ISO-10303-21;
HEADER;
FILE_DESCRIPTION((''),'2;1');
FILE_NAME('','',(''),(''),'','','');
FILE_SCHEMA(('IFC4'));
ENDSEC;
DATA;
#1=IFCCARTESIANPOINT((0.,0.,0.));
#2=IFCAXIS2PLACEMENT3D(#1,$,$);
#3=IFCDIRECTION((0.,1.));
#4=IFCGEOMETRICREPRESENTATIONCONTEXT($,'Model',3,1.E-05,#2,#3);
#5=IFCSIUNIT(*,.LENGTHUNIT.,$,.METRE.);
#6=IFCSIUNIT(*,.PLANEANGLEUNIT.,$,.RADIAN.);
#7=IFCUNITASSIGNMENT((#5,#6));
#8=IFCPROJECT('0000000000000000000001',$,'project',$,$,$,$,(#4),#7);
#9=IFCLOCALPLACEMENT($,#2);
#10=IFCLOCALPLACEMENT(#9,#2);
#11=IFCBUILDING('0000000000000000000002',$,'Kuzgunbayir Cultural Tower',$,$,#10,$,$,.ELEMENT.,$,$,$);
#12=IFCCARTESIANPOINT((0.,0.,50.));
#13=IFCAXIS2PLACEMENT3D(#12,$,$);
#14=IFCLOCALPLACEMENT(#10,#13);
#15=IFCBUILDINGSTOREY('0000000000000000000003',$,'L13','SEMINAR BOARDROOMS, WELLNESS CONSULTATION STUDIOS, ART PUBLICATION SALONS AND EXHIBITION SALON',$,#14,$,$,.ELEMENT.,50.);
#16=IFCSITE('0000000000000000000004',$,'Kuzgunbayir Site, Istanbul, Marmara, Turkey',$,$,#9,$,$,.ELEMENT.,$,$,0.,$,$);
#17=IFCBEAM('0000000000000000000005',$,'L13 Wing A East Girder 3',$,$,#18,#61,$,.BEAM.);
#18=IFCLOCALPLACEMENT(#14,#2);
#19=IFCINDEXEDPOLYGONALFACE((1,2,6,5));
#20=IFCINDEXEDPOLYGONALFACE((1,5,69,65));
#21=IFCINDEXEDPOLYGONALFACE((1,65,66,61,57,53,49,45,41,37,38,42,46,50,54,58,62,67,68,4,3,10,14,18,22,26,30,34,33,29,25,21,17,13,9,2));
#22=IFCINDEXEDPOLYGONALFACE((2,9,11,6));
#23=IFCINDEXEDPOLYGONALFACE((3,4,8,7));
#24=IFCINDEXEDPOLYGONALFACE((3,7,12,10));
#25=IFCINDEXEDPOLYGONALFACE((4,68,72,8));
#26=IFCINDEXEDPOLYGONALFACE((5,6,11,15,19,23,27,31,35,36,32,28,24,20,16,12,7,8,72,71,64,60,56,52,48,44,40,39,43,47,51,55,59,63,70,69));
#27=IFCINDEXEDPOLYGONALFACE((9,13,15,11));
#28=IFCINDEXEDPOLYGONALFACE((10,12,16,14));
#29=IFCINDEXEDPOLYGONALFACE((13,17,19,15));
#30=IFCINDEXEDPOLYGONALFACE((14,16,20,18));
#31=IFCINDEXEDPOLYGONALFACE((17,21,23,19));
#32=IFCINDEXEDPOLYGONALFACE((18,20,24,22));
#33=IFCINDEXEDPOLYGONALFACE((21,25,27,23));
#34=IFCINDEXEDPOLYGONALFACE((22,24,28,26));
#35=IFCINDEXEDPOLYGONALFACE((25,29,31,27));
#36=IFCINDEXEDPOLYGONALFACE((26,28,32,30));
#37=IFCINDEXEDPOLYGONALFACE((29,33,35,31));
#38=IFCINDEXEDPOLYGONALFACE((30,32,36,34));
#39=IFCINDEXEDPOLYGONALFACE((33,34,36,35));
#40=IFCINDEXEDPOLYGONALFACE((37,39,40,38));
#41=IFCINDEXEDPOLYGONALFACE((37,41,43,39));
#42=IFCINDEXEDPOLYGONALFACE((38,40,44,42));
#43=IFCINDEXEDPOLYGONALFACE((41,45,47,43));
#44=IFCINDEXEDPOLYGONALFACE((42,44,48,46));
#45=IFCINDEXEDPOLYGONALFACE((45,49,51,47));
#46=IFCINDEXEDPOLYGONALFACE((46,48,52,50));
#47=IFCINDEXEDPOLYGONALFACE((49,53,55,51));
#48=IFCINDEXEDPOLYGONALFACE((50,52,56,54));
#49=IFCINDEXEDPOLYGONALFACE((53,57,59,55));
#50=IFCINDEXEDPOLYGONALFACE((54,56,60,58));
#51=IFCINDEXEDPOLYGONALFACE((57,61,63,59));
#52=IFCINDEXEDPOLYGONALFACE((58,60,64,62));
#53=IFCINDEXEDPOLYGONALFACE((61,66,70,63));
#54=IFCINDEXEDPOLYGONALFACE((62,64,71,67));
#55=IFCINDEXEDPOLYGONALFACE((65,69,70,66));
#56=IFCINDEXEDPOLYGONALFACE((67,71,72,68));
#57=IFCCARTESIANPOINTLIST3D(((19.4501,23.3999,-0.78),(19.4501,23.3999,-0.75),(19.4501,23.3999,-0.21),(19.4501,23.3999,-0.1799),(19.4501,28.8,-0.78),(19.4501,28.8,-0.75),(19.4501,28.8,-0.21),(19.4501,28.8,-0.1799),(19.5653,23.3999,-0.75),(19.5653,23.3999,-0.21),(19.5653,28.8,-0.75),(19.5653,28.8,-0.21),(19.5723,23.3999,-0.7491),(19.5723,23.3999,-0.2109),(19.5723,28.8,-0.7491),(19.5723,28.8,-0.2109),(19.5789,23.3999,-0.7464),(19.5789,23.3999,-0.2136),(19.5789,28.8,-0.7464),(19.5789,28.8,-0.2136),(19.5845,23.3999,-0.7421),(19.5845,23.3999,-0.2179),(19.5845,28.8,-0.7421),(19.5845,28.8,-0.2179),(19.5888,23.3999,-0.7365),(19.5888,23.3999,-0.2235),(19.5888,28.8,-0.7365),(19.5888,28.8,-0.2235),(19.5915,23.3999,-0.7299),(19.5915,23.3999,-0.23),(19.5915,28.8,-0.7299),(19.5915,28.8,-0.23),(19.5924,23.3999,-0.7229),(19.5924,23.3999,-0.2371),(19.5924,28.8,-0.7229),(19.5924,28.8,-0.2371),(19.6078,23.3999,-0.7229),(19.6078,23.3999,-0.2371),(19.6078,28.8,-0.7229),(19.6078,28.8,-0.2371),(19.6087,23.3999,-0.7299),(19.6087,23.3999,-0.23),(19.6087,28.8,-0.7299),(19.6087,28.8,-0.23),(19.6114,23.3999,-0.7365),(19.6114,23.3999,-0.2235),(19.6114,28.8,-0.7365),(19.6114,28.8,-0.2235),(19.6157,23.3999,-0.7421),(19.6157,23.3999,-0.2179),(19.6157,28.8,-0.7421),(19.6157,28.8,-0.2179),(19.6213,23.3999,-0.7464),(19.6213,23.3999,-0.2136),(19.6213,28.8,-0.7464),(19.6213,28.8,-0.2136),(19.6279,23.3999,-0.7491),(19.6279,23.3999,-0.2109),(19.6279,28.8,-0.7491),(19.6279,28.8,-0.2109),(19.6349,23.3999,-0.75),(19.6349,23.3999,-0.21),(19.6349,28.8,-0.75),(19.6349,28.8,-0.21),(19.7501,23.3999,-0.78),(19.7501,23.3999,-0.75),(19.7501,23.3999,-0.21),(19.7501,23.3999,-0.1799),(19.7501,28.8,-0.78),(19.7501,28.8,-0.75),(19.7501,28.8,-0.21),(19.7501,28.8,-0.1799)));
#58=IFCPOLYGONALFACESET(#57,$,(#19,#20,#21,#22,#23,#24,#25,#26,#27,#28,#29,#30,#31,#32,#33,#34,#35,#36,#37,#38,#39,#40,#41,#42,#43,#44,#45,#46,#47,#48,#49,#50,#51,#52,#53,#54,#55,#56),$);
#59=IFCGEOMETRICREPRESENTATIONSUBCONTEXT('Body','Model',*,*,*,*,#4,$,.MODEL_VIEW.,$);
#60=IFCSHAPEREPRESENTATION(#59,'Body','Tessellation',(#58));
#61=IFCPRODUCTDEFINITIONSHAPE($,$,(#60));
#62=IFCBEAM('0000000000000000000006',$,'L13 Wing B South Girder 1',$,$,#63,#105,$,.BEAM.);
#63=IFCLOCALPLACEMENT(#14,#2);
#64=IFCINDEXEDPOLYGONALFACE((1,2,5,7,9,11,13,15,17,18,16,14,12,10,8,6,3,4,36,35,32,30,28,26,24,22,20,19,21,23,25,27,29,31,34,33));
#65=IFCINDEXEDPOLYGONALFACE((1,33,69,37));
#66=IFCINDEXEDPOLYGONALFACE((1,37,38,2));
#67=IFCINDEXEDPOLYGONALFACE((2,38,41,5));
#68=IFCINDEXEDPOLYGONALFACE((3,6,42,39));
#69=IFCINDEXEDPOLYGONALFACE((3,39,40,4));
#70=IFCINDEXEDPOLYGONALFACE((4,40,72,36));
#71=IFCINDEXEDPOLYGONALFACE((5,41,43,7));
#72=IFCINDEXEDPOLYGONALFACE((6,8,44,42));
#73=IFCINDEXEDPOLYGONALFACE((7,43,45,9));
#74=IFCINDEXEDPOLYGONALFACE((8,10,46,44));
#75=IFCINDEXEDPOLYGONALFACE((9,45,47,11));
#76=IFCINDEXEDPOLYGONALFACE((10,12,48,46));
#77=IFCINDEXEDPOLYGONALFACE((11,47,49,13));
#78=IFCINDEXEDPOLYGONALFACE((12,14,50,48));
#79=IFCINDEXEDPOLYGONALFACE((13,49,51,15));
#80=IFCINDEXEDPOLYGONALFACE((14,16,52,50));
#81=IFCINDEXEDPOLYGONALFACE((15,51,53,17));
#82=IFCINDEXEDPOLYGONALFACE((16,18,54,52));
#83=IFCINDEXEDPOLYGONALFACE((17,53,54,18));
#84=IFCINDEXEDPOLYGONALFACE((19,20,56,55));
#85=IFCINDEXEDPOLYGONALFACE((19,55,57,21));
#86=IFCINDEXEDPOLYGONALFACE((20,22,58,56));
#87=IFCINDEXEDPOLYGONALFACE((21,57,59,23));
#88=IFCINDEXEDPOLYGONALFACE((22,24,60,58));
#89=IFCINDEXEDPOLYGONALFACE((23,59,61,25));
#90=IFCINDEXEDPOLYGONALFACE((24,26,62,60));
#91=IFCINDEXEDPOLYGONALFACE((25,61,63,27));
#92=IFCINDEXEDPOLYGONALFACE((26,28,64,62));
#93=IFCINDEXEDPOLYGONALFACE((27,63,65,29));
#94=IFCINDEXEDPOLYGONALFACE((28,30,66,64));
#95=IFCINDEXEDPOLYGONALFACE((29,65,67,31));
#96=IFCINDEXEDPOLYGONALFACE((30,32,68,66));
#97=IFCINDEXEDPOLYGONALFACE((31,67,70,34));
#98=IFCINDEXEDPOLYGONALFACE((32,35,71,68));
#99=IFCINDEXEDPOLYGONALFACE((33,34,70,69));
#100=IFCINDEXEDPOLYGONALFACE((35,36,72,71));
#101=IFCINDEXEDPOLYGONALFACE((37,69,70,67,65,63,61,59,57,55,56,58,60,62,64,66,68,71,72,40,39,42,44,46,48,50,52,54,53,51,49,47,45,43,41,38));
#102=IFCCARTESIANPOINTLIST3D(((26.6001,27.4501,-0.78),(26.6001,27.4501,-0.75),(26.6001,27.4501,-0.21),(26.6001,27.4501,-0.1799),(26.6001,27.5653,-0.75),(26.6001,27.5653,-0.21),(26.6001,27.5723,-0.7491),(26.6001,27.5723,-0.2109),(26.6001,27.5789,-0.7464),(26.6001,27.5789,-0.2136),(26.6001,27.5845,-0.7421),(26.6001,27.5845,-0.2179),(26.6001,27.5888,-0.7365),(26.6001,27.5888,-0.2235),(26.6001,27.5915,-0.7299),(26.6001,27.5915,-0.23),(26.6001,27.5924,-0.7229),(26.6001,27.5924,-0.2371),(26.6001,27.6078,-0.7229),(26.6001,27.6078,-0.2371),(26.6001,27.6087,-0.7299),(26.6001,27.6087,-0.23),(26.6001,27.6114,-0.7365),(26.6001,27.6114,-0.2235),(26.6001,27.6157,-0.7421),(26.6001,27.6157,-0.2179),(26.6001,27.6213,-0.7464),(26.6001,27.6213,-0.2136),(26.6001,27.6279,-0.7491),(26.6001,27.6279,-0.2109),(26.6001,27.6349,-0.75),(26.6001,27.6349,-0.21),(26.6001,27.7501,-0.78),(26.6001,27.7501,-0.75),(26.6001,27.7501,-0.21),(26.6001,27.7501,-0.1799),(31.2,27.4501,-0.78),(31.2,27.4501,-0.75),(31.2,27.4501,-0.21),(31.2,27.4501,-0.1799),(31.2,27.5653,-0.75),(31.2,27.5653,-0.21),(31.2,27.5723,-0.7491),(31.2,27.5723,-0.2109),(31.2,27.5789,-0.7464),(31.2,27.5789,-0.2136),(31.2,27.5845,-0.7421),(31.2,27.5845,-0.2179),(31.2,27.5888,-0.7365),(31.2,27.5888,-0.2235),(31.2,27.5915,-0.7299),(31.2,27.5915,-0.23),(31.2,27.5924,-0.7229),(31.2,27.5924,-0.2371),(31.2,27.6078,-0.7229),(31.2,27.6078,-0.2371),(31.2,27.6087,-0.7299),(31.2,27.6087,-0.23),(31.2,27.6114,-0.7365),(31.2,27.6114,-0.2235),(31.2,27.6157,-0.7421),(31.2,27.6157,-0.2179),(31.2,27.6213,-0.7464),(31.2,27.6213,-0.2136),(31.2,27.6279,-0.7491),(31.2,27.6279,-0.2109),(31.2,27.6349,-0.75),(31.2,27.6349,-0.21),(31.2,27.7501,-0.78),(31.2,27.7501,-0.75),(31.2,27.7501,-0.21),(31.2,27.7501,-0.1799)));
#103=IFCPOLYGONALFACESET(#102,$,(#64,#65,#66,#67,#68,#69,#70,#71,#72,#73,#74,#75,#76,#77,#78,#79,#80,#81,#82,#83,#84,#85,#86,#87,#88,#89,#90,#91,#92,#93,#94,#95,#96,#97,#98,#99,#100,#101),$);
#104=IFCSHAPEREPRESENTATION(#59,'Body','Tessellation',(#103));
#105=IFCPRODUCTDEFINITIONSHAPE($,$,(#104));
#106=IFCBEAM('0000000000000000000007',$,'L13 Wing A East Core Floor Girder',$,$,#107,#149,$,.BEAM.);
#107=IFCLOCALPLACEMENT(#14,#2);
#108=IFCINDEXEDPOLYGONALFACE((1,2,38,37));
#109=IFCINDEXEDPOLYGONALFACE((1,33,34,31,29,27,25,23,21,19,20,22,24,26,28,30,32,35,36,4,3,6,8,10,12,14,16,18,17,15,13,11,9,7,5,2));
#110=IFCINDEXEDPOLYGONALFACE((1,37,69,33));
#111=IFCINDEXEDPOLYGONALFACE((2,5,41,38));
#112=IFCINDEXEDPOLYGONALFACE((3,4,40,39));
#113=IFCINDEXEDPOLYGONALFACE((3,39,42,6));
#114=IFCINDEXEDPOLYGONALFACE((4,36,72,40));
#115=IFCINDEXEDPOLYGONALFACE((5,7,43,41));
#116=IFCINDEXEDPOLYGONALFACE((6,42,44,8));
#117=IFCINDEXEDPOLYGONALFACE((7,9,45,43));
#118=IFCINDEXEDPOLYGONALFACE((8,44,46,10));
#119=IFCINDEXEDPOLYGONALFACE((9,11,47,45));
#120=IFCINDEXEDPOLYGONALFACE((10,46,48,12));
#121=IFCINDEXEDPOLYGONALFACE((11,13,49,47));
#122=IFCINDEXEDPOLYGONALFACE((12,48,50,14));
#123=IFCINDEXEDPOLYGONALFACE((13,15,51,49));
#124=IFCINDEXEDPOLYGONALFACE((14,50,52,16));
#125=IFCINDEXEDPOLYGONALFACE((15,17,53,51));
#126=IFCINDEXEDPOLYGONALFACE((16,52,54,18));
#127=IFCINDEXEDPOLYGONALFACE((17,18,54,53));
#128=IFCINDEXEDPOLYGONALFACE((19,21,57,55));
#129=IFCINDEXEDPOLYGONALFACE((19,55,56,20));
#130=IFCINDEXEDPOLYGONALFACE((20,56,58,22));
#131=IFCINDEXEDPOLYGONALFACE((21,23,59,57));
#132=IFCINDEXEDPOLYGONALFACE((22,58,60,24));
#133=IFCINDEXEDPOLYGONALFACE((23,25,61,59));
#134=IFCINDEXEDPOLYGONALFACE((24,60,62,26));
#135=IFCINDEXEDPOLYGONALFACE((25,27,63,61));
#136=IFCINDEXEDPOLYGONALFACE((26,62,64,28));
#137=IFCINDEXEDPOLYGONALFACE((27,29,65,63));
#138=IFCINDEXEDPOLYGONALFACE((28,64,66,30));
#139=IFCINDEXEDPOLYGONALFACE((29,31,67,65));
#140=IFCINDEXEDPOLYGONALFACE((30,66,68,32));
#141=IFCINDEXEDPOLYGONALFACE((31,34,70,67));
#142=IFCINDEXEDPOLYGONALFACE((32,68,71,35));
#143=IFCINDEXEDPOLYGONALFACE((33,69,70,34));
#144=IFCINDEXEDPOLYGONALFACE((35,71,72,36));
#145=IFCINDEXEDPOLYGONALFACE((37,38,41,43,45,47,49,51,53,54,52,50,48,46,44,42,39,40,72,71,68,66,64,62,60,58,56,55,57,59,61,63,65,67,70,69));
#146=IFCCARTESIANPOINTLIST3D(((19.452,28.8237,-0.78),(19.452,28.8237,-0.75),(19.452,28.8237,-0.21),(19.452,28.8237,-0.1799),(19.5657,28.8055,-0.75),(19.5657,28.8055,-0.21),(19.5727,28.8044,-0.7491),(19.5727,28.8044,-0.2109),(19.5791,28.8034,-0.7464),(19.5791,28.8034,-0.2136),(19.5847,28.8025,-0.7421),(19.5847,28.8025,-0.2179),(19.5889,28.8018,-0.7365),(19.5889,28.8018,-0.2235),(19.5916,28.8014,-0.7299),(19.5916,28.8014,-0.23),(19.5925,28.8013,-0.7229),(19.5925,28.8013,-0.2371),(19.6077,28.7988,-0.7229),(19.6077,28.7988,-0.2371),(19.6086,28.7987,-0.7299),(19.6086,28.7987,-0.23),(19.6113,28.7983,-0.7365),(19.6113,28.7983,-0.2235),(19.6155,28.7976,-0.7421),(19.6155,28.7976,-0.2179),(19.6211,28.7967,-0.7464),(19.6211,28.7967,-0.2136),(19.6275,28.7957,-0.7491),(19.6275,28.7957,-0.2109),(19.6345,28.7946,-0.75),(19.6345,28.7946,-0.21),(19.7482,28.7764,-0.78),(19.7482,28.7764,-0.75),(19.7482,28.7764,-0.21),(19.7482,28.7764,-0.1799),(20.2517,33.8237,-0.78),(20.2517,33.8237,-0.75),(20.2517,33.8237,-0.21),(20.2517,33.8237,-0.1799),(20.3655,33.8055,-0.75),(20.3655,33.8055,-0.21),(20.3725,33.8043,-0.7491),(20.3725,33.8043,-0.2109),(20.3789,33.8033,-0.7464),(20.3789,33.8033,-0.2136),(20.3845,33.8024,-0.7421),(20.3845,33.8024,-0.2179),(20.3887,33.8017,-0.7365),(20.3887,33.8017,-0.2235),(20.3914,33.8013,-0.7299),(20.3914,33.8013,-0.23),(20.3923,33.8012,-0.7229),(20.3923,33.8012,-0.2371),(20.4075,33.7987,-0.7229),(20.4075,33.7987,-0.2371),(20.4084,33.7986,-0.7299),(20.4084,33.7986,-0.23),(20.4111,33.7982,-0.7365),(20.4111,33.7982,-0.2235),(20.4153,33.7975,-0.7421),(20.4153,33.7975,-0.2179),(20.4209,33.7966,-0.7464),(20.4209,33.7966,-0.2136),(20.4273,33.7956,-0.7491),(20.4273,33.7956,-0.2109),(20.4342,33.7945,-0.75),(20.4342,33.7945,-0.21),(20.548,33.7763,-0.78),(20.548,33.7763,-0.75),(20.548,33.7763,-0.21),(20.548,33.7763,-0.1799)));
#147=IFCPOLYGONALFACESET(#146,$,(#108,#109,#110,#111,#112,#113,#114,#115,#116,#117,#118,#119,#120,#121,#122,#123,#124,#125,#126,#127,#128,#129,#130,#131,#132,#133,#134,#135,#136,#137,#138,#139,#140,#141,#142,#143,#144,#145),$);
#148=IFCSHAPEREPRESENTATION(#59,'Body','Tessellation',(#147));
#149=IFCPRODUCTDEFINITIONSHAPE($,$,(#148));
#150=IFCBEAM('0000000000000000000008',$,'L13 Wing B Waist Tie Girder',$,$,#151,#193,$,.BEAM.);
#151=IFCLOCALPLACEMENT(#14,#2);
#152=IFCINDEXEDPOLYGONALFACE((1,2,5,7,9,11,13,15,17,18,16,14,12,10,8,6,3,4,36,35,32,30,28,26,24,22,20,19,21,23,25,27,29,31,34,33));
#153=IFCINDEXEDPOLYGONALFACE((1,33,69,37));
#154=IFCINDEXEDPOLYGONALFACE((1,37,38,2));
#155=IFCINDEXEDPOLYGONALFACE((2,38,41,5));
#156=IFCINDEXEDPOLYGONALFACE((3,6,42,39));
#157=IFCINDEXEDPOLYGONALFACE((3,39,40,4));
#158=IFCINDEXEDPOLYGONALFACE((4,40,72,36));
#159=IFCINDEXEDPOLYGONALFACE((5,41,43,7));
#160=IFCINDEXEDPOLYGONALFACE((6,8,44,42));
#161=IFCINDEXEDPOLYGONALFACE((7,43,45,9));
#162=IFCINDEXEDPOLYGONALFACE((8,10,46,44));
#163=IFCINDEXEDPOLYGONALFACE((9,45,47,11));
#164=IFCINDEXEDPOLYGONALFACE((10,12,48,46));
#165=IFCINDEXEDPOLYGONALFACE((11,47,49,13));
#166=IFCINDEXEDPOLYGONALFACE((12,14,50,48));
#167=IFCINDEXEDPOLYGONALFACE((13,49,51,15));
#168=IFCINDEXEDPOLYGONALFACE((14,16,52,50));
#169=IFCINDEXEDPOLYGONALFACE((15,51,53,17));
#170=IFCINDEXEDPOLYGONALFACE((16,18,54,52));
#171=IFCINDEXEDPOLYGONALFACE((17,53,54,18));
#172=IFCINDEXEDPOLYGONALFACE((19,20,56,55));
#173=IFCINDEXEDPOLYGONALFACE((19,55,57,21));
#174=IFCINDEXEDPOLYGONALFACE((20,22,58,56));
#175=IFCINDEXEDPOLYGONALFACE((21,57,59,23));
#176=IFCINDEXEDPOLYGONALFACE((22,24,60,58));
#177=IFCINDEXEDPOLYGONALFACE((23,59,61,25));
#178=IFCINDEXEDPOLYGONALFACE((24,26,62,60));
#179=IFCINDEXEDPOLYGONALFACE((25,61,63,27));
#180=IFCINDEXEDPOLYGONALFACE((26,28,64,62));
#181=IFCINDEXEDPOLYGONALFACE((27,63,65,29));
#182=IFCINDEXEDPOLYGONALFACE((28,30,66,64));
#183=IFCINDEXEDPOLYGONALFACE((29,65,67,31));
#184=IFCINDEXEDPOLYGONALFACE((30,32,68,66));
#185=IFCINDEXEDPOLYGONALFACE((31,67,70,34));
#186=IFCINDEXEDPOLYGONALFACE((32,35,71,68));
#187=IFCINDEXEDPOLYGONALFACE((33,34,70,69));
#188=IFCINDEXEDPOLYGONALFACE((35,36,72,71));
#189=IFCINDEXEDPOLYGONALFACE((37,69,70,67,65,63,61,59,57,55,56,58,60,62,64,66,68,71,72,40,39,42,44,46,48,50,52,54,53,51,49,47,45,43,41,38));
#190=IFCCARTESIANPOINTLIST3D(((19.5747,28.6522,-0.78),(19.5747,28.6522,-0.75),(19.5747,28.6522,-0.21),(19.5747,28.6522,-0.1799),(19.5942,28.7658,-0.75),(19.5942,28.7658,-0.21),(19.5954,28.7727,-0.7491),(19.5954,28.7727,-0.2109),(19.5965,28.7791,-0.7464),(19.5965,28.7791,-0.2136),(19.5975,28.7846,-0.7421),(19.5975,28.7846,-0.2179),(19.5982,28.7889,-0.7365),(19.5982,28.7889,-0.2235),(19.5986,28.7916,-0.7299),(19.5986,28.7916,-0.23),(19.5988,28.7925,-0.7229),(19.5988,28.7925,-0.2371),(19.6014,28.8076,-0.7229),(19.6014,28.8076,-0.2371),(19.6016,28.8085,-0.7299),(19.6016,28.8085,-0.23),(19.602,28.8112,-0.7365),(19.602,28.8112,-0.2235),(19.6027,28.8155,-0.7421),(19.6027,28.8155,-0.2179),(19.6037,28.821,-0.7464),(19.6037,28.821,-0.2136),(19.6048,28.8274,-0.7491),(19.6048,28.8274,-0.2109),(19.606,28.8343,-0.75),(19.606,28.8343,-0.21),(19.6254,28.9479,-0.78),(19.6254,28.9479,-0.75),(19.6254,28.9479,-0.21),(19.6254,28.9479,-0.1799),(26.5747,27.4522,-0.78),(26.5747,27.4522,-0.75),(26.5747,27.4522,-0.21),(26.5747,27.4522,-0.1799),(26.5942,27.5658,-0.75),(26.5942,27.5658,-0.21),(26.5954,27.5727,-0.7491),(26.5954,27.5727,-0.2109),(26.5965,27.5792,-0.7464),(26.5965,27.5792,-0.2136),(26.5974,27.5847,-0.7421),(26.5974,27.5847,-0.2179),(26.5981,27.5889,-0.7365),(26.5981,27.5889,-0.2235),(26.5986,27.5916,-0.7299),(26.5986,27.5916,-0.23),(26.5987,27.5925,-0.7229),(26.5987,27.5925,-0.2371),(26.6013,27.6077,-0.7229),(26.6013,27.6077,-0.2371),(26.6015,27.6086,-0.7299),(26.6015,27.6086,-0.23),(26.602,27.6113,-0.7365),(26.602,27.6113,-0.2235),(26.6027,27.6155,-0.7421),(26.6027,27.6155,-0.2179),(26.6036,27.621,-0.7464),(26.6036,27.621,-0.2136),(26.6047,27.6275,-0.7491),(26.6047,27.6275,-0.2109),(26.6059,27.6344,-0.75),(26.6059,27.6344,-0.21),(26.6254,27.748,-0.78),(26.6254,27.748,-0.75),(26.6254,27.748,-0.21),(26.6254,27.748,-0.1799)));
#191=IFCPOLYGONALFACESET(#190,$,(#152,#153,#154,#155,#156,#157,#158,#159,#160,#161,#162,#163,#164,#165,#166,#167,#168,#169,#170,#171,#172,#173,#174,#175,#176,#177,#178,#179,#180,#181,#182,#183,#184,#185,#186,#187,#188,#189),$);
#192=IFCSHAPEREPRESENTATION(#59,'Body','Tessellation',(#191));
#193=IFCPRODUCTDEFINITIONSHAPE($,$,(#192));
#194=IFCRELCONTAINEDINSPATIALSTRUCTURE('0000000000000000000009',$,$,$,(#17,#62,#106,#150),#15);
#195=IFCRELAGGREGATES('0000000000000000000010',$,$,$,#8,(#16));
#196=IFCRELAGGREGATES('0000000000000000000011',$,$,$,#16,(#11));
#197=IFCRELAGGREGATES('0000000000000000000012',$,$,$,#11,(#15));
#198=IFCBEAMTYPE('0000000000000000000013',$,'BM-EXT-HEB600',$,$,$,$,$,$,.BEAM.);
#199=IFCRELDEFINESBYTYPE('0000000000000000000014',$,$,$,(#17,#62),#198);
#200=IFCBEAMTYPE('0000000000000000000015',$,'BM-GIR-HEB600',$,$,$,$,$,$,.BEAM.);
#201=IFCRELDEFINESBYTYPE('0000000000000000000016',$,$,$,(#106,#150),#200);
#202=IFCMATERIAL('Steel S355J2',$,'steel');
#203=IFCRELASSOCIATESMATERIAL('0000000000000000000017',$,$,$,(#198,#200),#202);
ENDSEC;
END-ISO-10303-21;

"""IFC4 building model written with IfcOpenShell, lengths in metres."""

from ifc_helpers import new_model, si_unit, direction, frame, origin, origin_2d, place, context, subcontext, project, spatial, i_section, extrude, material, material_profile, profile_set, type_object, element, save


model = new_model("IFC4")

# Units and contexts
model_context = context("Model", 3, precision=1e-05, world=origin(), true_north=direction((0.0, 1.0)))
body_context = subcontext(model_context, "Body", "Model", "MODEL_VIEW")
ifc_project = project(units=[si_unit("LENGTHUNIT", "METRE"), si_unit("PLANEANGLEUNIT", "RADIAN")], contexts=[model_context])

# Site, building, storey
site_placement = place(None, origin())
site = spatial("IfcSite", under=ifc_project, at=site_placement, Name="Kuzgunbayir Site, Istanbul, Marmara, Turkey", CompositionType="ELEMENT", RefElevation=0.0)
building_placement = place(site_placement, origin())
building = spatial("IfcBuilding", under=site, at=building_placement, Name="Kuzgunbayir Cultural Tower", CompositionType="ELEMENT")
storey_placement = place(building_placement, frame((0.0, 0.0, 50.0)))
storey = spatial("IfcBuildingStorey", under=building, at=storey_placement, Name="L13", Description="SEMINAR BOARDROOMS, WELLNESS CONSULTATION STUDIOS, ART PUBLICATION SALONS AND EXHIBITION SALON", CompositionType="ELEMENT", Elevation=50.0)

# Beams
ifc_material_1 = material(Name="Steel S355J2", Category="steel")
ifc_material_profile_1 = material_profile(ifc_material_1, i_section(OverallWidth=0.3, OverallDepth=0.6001, WebThickness=0.0154, FlangeThickness=0.03, FilletRadius=0.0271, at=origin_2d()), Name="HEB 600")
ifc_profile_set_1 = profile_set([ifc_material_profile_1], Name="Steel S355J2")
beam_type_1 = type_object("IfcBeamType", Name="BM-EXT-HEB600", PredefinedType="BEAM", material=ifc_profile_set_1)
beam_1_placement = place(storey_placement, frame((19.6001, 23.3999, -0.48), z_axis=(0.0, 1.0, 0.0), x_axis=(-1.0, 0.0, 0.0)))
element("IfcBeam", 1, at=beam_1_placement, inside=storey, type_object=beam_type_1, Name="L13 Wing A East Girder 3", PredefinedType="BEAM", context=body_context, shape_type="SweptSolid", body=[
    extrude(i_section(OverallWidth=0.3, OverallDepth=0.6001, WebThickness=0.0154, FlangeThickness=0.03, FilletRadius=0.0271, at=origin_2d()), origin(), (0.0, 0.0, 1.0), 5.4001),
])
beam_2_placement = place(storey_placement, frame((26.6001, 27.6001, -0.48), z_axis=(1.0, 0.0, 0.0), x_axis=(0.0, 1.0, 0.0)))
element("IfcBeam", 2, at=beam_2_placement, inside=storey, type_object=beam_type_1, Name="L13 Wing B South Girder 1", PredefinedType="BEAM", context=body_context, shape_type="SweptSolid", body=[
    extrude(i_section(OverallWidth=0.3, OverallDepth=0.6001, WebThickness=0.0154, FlangeThickness=0.03, FilletRadius=0.0271, at=origin_2d()), origin(), (0.0, 0.0, 1.0), 4.5999),
])
ifc_material_profile_2 = material_profile(ifc_material_1, i_section(OverallWidth=0.3, OverallDepth=0.6001, WebThickness=0.0154, FlangeThickness=0.03, FilletRadius=0.0271, at=origin_2d()), Name="HEB 600")
ifc_profile_set_2 = profile_set([ifc_material_profile_2], Name="Steel S355J2")
beam_type_2 = type_object("IfcBeamType", Name="BM-GIR-HEB600", PredefinedType="BEAM", material=ifc_profile_set_2)
beam_3_placement = place(storey_placement, frame((19.6001, 28.8, -0.48), z_axis=(0.157953, 0.987447, 0.0), x_axis=(-0.987447, 0.157953, 0.0)))
element("IfcBeam", 3, at=beam_3_placement, inside=storey, type_object=beam_type_2, Name="L13 Wing A East Core Floor Girder", PredefinedType="BEAM", context=body_context, shape_type="SweptSolid", body=[
    extrude(i_section(OverallWidth=0.3, OverallDepth=0.6001, WebThickness=0.0154, FlangeThickness=0.03, FilletRadius=0.0271, at=origin_2d()), origin(), (0.0, 0.0, 1.0), 5.0635),
])
beam_4_placement = place(storey_placement, frame((19.6001, 28.8, -0.48), z_axis=(0.985623, -0.168957, 0.0), x_axis=(0.168957, 0.985623, 0.0)))
element("IfcBeam", 4, at=beam_4_placement, inside=storey, type_object=beam_type_2, Name="L13 Wing B Waist Tie Girder", PredefinedType="BEAM", context=body_context, shape_type="SweptSolid", body=[
    extrude(i_section(OverallWidth=0.3, OverallDepth=0.6001, WebThickness=0.0154, FlangeThickness=0.03, FilletRadius=0.0271, at=origin_2d()), origin(), (0.0, 0.0, 1.0), 7.1021),
])

save(model, "model.ifc")
